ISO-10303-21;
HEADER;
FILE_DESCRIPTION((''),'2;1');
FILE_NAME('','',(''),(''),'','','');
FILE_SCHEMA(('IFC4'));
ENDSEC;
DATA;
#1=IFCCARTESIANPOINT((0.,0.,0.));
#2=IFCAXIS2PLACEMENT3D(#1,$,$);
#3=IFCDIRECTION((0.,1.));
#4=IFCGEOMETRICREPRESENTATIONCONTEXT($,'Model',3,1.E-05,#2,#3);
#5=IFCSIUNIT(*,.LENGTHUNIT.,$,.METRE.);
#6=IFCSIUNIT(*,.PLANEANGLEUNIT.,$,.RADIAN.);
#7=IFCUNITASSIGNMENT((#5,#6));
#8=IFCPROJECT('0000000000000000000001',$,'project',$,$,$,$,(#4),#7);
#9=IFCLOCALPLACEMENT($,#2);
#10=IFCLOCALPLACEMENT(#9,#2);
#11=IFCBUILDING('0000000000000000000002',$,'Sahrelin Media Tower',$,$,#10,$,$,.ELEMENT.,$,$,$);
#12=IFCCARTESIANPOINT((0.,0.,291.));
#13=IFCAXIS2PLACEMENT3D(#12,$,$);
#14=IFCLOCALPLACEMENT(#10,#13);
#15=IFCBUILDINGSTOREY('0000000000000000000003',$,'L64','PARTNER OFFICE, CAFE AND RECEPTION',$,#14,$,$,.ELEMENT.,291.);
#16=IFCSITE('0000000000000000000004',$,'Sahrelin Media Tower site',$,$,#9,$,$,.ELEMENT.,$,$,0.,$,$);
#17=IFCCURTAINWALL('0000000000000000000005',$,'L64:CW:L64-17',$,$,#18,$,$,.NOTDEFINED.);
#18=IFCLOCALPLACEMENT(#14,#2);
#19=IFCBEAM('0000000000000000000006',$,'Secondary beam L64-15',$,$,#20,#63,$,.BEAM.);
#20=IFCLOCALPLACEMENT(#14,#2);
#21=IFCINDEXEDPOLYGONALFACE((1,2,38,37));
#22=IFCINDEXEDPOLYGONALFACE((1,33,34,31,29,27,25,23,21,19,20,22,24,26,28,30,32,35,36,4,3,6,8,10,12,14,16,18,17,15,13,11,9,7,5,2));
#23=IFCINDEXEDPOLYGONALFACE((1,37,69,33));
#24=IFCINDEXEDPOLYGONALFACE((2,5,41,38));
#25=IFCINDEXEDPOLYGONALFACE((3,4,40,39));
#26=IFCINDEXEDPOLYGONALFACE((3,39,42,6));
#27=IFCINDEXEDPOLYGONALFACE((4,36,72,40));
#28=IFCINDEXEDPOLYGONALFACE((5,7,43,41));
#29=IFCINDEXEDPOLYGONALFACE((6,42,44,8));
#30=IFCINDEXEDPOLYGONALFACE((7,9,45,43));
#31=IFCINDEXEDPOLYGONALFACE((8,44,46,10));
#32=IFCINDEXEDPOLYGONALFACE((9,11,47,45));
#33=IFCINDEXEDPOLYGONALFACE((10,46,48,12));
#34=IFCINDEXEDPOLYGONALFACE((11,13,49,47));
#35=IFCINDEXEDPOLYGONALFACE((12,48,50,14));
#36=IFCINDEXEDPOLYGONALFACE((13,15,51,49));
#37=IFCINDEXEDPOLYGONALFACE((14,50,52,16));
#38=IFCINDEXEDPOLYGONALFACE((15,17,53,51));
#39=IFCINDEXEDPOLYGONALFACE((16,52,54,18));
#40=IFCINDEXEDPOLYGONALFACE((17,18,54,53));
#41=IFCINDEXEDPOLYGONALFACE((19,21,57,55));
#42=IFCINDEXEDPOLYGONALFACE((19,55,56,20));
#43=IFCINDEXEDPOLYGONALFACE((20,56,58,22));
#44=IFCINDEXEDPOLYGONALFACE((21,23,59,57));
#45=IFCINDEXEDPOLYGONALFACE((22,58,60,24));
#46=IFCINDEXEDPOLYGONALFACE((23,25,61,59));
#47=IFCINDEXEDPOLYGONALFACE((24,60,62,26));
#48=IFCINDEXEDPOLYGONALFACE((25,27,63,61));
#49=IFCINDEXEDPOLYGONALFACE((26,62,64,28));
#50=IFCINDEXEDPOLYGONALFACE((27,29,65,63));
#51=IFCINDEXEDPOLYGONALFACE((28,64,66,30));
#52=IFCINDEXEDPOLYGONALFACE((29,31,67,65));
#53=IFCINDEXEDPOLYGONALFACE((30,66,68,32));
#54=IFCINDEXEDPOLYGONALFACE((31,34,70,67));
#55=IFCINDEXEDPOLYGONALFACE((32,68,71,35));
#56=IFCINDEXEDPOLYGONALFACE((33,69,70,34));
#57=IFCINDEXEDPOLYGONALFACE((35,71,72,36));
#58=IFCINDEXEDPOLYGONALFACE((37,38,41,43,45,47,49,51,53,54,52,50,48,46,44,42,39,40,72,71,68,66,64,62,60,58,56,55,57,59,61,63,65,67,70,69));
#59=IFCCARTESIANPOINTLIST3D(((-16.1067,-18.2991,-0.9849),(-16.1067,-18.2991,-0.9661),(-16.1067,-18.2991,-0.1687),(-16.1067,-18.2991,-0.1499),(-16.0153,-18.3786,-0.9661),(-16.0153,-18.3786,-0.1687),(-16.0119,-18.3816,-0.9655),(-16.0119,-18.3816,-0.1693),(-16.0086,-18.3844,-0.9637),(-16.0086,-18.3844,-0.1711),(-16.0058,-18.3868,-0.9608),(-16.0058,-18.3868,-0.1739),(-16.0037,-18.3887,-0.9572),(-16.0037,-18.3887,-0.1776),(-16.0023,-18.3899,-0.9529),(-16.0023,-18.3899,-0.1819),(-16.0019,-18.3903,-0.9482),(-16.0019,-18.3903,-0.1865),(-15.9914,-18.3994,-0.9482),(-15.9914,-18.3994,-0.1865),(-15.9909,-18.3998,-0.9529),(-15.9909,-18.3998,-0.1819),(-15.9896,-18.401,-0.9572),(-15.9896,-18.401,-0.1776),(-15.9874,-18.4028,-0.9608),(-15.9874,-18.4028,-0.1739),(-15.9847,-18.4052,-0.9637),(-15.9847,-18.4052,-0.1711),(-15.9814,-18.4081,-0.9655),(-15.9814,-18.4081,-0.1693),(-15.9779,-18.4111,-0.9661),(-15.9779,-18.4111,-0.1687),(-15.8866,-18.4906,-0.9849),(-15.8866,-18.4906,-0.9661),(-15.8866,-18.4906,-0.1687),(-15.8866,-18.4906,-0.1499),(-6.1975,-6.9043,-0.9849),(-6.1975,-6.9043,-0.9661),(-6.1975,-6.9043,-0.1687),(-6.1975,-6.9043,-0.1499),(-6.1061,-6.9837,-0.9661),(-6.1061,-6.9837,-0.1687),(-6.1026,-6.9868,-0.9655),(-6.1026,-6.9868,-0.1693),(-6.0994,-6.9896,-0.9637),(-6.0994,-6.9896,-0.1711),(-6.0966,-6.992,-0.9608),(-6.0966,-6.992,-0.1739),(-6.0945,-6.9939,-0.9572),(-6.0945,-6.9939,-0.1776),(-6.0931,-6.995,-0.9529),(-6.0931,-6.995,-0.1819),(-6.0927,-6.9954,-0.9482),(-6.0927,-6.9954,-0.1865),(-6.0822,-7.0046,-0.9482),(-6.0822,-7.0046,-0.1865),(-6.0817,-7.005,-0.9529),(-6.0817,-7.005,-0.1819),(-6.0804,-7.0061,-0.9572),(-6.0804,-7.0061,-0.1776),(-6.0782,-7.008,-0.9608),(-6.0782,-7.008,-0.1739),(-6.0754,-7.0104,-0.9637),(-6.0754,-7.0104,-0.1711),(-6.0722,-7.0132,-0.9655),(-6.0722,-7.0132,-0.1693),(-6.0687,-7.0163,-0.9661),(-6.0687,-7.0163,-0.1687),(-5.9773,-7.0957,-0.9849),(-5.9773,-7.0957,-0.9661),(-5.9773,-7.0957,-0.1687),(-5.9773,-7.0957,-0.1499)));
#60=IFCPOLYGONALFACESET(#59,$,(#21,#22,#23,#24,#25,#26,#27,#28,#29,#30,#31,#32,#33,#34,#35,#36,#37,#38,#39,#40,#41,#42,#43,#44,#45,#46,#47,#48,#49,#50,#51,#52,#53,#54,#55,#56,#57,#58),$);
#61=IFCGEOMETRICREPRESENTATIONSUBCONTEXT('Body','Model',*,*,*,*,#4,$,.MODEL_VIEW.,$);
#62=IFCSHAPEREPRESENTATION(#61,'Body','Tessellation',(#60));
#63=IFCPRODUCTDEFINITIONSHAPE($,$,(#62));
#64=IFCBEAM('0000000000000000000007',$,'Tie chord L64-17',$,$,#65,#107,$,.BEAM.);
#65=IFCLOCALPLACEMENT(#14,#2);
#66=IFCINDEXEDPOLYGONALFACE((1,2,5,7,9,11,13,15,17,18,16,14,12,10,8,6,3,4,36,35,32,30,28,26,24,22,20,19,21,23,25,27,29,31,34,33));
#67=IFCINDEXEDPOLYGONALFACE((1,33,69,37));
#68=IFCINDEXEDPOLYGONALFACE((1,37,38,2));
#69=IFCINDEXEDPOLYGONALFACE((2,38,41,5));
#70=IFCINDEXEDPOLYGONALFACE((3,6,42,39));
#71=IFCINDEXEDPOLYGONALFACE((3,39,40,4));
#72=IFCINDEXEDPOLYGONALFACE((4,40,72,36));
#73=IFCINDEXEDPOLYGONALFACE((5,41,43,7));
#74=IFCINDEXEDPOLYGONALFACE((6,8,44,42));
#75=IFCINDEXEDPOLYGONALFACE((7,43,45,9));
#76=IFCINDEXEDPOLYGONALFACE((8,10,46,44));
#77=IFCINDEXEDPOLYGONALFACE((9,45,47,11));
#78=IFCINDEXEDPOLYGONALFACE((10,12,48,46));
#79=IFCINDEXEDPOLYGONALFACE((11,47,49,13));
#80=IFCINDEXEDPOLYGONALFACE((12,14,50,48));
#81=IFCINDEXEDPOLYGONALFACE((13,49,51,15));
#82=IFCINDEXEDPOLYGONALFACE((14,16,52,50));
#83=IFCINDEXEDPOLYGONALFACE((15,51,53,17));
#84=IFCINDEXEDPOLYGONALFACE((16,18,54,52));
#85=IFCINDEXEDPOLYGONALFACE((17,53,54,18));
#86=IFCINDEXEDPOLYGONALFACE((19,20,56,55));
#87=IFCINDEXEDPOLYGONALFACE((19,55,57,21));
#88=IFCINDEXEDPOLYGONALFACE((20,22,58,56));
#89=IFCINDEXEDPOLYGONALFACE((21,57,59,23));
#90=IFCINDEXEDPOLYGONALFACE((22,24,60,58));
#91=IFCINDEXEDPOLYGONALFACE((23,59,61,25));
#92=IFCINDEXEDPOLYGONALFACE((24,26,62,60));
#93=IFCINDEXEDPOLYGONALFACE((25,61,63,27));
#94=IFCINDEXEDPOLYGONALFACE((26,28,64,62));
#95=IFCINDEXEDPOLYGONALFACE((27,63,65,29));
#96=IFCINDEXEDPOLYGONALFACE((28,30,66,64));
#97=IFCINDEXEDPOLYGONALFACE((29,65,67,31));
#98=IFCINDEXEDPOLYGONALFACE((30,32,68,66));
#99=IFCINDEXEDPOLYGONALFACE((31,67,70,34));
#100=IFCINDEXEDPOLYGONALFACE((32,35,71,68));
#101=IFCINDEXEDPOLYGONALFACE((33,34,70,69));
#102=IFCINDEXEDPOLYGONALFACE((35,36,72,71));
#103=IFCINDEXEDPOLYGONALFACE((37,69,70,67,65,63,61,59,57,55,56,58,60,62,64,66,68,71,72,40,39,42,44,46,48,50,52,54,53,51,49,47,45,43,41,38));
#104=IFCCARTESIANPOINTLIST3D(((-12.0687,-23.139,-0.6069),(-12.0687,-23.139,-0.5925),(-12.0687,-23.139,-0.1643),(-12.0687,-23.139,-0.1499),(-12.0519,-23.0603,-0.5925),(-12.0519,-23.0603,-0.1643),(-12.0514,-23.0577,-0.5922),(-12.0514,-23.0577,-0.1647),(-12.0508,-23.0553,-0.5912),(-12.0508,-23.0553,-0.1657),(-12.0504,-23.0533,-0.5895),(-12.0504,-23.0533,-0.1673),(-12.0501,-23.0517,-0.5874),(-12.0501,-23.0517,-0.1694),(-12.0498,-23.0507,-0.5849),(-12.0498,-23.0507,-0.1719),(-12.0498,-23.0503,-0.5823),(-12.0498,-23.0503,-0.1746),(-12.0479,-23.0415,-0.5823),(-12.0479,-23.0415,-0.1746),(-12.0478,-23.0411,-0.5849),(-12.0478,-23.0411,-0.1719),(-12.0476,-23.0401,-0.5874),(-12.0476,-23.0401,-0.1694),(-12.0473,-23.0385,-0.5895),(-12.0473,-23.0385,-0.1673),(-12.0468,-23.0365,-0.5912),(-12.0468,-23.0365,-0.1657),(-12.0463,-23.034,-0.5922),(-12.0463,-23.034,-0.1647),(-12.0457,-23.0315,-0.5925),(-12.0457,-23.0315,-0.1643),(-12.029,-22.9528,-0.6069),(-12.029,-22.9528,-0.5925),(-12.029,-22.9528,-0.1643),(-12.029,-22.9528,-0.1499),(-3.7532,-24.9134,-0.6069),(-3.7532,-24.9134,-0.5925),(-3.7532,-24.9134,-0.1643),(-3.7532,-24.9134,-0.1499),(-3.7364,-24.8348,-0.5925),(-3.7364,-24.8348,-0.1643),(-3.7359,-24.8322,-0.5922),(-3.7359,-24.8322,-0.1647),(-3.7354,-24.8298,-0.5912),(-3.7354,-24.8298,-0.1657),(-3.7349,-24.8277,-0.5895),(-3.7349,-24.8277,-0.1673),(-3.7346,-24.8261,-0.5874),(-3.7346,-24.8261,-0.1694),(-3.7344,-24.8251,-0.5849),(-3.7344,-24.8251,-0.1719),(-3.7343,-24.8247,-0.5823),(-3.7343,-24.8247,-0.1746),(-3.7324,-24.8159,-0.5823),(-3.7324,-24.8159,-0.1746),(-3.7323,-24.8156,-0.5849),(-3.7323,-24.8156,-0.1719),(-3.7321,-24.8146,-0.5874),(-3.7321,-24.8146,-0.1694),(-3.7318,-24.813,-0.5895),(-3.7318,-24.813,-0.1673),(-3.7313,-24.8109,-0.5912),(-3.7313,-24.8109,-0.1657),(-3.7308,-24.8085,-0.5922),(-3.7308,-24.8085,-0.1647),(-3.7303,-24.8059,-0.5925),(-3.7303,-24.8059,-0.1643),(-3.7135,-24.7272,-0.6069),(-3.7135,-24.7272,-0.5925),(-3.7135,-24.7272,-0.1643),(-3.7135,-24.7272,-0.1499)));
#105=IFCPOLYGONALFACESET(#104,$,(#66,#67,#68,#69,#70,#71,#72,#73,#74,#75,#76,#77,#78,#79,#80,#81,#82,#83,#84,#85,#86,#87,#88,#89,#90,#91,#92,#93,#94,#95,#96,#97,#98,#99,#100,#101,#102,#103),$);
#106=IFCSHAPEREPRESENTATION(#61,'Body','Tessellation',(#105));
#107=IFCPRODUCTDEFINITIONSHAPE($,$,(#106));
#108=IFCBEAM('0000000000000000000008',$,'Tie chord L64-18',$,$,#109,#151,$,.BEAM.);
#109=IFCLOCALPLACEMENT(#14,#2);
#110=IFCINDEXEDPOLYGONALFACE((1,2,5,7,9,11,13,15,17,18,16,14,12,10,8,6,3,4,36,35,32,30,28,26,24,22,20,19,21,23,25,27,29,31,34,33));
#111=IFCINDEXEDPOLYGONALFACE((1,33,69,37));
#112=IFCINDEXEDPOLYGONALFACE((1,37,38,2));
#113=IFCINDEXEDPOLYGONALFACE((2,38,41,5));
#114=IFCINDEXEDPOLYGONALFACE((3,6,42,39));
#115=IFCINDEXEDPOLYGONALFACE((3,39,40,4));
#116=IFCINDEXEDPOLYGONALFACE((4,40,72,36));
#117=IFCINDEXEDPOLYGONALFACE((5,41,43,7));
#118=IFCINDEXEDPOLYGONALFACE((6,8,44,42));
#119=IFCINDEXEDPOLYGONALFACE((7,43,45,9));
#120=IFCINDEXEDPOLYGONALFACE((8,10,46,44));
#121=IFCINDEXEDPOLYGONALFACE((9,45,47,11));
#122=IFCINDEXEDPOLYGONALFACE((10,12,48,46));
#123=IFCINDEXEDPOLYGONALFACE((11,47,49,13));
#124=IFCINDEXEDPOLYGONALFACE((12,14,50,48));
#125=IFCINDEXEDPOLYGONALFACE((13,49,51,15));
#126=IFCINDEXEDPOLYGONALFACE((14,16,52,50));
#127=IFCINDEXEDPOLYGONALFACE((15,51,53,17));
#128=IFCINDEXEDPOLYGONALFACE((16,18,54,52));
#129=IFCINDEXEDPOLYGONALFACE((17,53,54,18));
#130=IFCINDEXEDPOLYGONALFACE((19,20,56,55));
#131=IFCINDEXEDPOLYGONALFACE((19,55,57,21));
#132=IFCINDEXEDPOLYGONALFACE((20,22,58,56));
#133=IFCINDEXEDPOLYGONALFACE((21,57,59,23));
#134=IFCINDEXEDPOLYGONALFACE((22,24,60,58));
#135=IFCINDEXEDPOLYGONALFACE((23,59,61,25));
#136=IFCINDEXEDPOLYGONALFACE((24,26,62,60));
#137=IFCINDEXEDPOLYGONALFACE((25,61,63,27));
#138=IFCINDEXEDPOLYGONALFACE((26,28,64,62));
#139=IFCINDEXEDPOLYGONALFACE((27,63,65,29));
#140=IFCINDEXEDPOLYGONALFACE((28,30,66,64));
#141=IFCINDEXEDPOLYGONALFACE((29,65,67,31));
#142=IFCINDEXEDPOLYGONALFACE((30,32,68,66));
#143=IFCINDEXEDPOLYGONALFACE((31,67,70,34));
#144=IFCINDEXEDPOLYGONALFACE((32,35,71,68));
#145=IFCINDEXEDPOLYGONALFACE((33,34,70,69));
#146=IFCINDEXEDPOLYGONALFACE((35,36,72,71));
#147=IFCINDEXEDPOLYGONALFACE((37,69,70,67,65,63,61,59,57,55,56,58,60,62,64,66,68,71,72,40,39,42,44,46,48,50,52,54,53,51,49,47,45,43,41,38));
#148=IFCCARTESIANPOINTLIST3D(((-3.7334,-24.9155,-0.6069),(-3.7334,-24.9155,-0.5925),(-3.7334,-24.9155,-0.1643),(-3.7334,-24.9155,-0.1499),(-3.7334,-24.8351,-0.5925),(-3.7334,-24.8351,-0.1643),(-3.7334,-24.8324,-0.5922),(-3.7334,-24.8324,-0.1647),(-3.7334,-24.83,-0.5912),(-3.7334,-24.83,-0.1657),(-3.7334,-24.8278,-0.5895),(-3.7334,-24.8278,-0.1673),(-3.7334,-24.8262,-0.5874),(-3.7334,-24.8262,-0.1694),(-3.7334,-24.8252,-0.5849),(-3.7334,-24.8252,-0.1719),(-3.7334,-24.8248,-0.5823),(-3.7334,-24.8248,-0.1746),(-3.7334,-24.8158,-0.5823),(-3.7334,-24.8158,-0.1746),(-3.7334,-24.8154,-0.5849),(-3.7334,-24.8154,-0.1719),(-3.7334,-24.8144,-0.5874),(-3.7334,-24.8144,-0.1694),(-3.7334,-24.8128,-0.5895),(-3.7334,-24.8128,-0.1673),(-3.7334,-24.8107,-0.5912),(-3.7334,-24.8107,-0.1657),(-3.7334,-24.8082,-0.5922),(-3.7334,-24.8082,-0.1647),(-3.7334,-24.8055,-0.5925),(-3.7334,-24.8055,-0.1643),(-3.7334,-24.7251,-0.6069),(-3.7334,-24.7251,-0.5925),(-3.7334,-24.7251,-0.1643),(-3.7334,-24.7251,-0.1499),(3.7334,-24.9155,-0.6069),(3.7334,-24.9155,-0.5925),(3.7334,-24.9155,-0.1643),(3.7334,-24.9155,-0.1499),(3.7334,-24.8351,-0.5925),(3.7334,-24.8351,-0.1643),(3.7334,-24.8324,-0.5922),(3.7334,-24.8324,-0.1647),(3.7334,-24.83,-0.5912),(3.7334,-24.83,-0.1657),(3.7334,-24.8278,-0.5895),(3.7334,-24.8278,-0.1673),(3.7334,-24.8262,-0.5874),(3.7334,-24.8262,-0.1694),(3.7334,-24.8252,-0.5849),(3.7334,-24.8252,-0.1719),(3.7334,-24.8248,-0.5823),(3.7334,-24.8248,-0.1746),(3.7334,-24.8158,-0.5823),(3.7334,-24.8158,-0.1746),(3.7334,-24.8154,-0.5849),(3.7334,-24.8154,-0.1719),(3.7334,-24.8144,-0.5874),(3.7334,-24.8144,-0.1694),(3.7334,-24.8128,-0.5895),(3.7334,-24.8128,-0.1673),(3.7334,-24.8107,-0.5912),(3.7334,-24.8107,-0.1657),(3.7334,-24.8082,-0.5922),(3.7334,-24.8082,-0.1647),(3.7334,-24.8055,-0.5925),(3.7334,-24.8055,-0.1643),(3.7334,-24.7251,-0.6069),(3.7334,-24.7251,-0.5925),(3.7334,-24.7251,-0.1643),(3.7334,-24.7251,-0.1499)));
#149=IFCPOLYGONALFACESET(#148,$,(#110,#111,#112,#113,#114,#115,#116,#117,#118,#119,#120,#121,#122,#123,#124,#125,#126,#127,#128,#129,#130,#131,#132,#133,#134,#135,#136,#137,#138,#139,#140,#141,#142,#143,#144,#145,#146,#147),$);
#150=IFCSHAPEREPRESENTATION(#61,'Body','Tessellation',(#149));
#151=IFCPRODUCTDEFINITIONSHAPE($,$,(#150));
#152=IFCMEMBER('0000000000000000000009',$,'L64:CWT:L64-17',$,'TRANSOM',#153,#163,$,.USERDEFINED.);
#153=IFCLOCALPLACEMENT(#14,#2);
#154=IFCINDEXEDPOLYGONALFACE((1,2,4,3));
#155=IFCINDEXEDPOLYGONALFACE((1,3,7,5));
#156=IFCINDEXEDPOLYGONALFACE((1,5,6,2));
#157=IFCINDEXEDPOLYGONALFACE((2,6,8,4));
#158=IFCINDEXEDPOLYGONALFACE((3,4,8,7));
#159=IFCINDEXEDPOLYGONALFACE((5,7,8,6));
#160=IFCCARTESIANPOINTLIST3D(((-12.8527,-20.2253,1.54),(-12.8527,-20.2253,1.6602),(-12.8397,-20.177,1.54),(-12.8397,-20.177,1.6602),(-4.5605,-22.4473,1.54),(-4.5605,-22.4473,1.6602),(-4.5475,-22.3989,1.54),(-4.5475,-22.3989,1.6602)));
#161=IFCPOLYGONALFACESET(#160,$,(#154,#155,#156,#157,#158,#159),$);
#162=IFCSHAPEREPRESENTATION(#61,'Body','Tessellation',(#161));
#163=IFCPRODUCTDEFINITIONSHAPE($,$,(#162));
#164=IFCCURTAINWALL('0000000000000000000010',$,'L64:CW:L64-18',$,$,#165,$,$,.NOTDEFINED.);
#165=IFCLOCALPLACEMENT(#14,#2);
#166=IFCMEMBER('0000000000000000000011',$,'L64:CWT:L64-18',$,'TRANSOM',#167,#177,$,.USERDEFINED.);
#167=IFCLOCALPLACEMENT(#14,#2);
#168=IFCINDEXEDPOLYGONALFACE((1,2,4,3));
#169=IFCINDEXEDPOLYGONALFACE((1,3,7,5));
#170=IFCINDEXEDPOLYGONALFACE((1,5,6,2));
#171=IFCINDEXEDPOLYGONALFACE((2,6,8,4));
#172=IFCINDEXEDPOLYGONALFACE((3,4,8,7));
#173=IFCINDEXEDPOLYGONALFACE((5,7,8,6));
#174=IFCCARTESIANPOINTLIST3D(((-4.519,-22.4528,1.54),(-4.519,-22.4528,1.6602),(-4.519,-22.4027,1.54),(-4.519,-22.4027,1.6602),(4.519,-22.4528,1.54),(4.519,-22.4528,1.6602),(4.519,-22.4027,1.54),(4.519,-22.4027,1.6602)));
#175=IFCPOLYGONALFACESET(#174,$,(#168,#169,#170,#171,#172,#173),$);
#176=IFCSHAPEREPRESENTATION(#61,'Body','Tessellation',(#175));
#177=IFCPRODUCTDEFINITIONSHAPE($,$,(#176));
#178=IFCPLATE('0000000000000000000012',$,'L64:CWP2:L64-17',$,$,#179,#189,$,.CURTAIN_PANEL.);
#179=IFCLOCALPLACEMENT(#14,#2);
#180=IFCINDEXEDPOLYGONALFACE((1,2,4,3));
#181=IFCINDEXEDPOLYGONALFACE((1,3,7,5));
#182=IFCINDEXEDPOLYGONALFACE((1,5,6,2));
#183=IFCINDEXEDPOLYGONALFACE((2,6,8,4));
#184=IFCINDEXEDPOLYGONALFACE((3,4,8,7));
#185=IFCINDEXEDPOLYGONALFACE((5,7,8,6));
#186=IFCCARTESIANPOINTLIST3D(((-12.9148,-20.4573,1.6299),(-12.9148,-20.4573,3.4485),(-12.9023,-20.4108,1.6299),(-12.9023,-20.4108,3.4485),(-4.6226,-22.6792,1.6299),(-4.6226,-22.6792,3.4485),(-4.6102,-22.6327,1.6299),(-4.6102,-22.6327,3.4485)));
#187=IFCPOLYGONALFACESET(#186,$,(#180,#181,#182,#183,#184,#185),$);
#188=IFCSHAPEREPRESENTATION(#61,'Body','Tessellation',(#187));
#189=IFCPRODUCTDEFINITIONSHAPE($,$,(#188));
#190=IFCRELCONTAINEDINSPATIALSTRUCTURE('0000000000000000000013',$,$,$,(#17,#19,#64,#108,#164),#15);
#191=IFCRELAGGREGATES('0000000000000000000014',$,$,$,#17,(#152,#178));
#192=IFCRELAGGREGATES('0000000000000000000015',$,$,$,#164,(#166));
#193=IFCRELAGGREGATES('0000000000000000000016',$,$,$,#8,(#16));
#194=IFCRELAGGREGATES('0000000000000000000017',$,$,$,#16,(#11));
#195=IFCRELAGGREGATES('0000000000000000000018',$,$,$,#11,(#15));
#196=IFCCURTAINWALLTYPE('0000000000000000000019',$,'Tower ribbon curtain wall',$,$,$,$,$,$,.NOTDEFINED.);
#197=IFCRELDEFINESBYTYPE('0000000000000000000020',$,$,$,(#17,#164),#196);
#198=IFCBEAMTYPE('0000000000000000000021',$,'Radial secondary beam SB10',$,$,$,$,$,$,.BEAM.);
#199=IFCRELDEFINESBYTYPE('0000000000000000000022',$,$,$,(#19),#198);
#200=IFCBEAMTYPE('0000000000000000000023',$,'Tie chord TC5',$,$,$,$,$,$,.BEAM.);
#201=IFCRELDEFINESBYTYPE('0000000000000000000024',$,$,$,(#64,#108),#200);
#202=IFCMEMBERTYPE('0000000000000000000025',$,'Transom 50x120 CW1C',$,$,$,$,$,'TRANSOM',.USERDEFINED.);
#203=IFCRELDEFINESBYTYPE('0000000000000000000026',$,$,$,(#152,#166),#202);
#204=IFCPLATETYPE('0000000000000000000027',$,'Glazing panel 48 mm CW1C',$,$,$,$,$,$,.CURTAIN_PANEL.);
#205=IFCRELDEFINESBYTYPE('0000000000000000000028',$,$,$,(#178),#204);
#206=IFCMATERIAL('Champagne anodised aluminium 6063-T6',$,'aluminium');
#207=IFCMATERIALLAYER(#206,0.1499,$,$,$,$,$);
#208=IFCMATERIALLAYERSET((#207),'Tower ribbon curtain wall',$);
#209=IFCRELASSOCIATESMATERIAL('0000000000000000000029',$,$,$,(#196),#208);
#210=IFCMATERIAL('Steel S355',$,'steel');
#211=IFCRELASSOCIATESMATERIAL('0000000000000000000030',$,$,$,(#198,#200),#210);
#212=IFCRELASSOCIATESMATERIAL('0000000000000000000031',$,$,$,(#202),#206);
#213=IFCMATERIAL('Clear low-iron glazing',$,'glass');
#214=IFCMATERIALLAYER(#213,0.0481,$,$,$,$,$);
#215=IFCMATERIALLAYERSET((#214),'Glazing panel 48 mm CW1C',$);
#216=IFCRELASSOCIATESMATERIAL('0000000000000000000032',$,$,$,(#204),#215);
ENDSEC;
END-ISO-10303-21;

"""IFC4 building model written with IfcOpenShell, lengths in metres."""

from ifc_helpers import new_model, si_unit, direction, frame, origin, origin_2d, place, context, subcontext, project, spatial, polyline, rectangle, i_section, outline, extrude, material, layer, layer_set, material_profile, profile_set, type_object, element, aggregate, save


model = new_model("IFC4")

# Units and contexts
model_context = context("Model", 3, precision=1e-05, world=origin(), true_north=direction((0.0, 1.0)))
body_context = subcontext(model_context, "Body", "Model", "MODEL_VIEW")
ifc_project = project(units=[si_unit("LENGTHUNIT", "METRE"), si_unit("PLANEANGLEUNIT", "RADIAN")], contexts=[model_context])

# Site, building, storey
site_placement = place(None, origin())
site = spatial("IfcSite", under=ifc_project, at=site_placement, Name="Sahrelin Media Tower site", CompositionType="ELEMENT", RefElevation=0.0)
building_placement = place(site_placement, origin())
building = spatial("IfcBuilding", under=site, at=building_placement, Name="Sahrelin Media Tower", CompositionType="ELEMENT")
storey_placement = place(building_placement, frame((0.0, 0.0, 291.0)))
storey = spatial("IfcBuildingStorey", under=building, at=storey_placement, Name="L64", Description="PARTNER OFFICE, CAFE AND RECEPTION", CompositionType="ELEMENT", Elevation=291.0)

# Shared definitions
ifc_material_1 = material(Name="Steel S355", Category="steel")

# Curtain wall
ifc_material_2 = material(Name="Champagne anodised aluminium 6063-T6", Category="aluminium")
ifc_layer_1 = layer(ifc_material_2, 0.1499)
ifc_layer_set_1 = layer_set([ifc_layer_1], Name="Tower ribbon curtain wall")
curtain_wall_type = type_object("IfcCurtainWallType", Name="Tower ribbon curtain wall", PredefinedType="NOTDEFINED", material=ifc_layer_set_1)
curtain_wall_1_placement = place(storey_placement, frame((-8.7637, -21.5488, 0.0), z_axis=(0.0, 0.0, 1.0), x_axis=(1.0, 0.0, 0.0)))
curtain_wall_1 = element("IfcCurtainWall", 1, at=curtain_wall_1_placement, inside=storey, type_object=curtain_wall_type, Name="L64:CW:L64-17", PredefinedType="NOTDEFINED")

# Beams
ifc_material_profile_1 = material_profile(ifc_material_1, i_section(OverallWidth=0.2917, OverallDepth=0.835, WebThickness=0.0139, FlangeThickness=0.0188, FilletRadius=0.0178, at=origin_2d()), Name="UB 838x292x176")
ifc_profile_set_1 = profile_set([ifc_material_profile_1], Name="Steel S355")
beam_type_1 = type_object("IfcBeamType", Name="Radial secondary beam SB10", PredefinedType="BEAM", material=ifc_profile_set_1)
beam_1_placement = place(storey_placement, frame((-6.0874, -7.0, -0.5674), z_axis=(-0.656204, -0.754583, 0.0), x_axis=(0.754583, -0.656204, 0.0)))
element("IfcBeam", 2, at=beam_1_placement, inside=storey, type_object=beam_type_1, Name="Secondary beam L64-15", PredefinedType="BEAM", context=body_context, shape_type="SweptSolid", body=[
    extrude(i_section(OverallWidth=0.2917, OverallDepth=0.835, WebThickness=0.0139, FlangeThickness=0.0188, FilletRadius=0.0178, at=origin_2d()), origin(), (0.0, 0.0, 1.0), 15.1008),
])
ifc_material_profile_2 = material_profile(ifc_material_1, i_section(OverallWidth=0.1904, OverallDepth=0.457, WebThickness=0.009, FlangeThickness=0.0144, FilletRadius=0.0103, at=origin_2d()), Name="UB 457x191x74")
ifc_profile_set_2 = profile_set([ifc_material_profile_2], Name="Steel S355")
beam_type_2 = type_object("IfcBeamType", Name="Tie chord TC5", PredefinedType="BEAM", material=ifc_profile_set_2)
beam_2_placement = place(storey_placement, frame((-12.0488, -23.0459, -0.3784), z_axis=(0.977982, -0.20869, 0.0), x_axis=(0.20869, 0.977982, 0.0)))
element("IfcBeam", 3, at=beam_2_placement, inside=storey, type_object=beam_type_2, Name="Tie chord L64-17", PredefinedType="BEAM", context=body_context, shape_type="SweptSolid", body=[
    extrude(i_section(OverallWidth=0.1904, OverallDepth=0.457, WebThickness=0.009, FlangeThickness=0.0144, FilletRadius=0.0103, at=origin_2d()), origin(), (0.0, 0.0, 1.0), 8.5027),
])
beam_3_placement = place(storey_placement, frame((-3.7334, -24.8203, -0.3784), z_axis=(1.0, 0.0, 0.0), x_axis=(0.0, 1.0, 0.0)))
element("IfcBeam", 4, at=beam_3_placement, inside=storey, type_object=beam_type_2, Name="Tie chord L64-18", PredefinedType="BEAM", context=body_context, shape_type="SweptSolid", body=[
    extrude(i_section(OverallWidth=0.1904, OverallDepth=0.457, WebThickness=0.009, FlangeThickness=0.0144, FilletRadius=0.0103, at=origin_2d()), origin(), (0.0, 0.0, 1.0), 7.4668),
])

# Member
ifc_material_profile_3 = material_profile(ifc_material_2, rectangle(XDim=0.05, YDim=0.1201, at=origin_2d()), Name="Transom 50x120")
ifc_profile_set_3 = profile_set([ifc_material_profile_3], Name="Champagne anodised aluminium 6063-T6")
member_type_1 = type_object("IfcMemberType", Name="Transom 50x120 CW1C", ElementType="TRANSOM", PredefinedType="USERDEFINED", material=ifc_profile_set_3)
member_1_placement = place(storey_placement, frame((-12.8462, -20.2012, 1.6001), z_axis=(0.965925, -0.258822, 0.0), x_axis=(0.258822, 0.965925, 0.0)))
member_1 = element("IfcMember", 5, at=member_1_placement, type_object=member_type_1, Name="L64:CWT:L64-17", ObjectType="TRANSOM", PredefinedType="USERDEFINED", context=body_context, shape_type="SweptSolid", body=[
    extrude(rectangle(XDim=0.05, YDim=0.1201, at=origin_2d()), origin(), (0.0, 0.0, 1.0), 8.5847),
])

# Curtain wall, member
curtain_wall_2_placement = place(storey_placement, frame((0.0, -22.6726, 0.0), z_axis=(0.0, 0.0, 1.0), x_axis=(1.0, 0.0, 0.0)))
curtain_wall_2 = element("IfcCurtainWall", 6, at=curtain_wall_2_placement, inside=storey, type_object=curtain_wall_type, Name="L64:CW:L64-18", PredefinedType="NOTDEFINED")
member_2_placement = place(storey_placement, frame((-4.519, -22.4277, 1.6001), z_axis=(1.0, 0.0, 0.0), x_axis=(0.0, 1.0, 0.0)))
member_2 = element("IfcMember", 7, at=member_2_placement, type_object=member_type_1, Name="L64:CWT:L64-18", ObjectType="TRANSOM", PredefinedType="USERDEFINED", context=body_context, shape_type="SweptSolid", body=[
    extrude(rectangle(XDim=0.05, YDim=0.1201, at=origin_2d()), origin(), (0.0, 0.0, 1.0), 9.0381),
])

# Plate
ifc_material_3 = material(Name="Clear low-iron glazing", Category="glass")
ifc_layer_2 = layer(ifc_material_3, 0.0481)
ifc_layer_set_2 = layer_set([ifc_layer_2], Name="Glazing panel 48 mm CW1C")
plate_type_1 = type_object("IfcPlateType", Name="Glazing panel 48 mm CW1C", PredefinedType="CURTAIN_PANEL", material=ifc_layer_set_2)
plate_1_placement = place(storey_placement, frame((-12.9148, -20.4573, 1.6299), z_axis=(-0.258822, -0.965925, 0.0), x_axis=(0.965925, -0.258822, 0.0)))
plate_1 = element("IfcPlate", 8, at=plate_1_placement, type_object=plate_type_1, Name="L64:CWP2:L64-17", PredefinedType="CURTAIN_PANEL", context=body_context, shape_type="SweptSolid", body=[
    extrude(outline(polyline([(0.0, 0.0), (8.5847, 0.0), (8.5847, 1.8186), (0.0, 1.8186), (0.0, 0.0)])), origin(), (0.0, 0.0, -1.0), 0.0481),
])
aggregate(curtain_wall_1, [member_1, plate_1])
aggregate(curtain_wall_2, [member_2])

save(model, "model.ifc")
